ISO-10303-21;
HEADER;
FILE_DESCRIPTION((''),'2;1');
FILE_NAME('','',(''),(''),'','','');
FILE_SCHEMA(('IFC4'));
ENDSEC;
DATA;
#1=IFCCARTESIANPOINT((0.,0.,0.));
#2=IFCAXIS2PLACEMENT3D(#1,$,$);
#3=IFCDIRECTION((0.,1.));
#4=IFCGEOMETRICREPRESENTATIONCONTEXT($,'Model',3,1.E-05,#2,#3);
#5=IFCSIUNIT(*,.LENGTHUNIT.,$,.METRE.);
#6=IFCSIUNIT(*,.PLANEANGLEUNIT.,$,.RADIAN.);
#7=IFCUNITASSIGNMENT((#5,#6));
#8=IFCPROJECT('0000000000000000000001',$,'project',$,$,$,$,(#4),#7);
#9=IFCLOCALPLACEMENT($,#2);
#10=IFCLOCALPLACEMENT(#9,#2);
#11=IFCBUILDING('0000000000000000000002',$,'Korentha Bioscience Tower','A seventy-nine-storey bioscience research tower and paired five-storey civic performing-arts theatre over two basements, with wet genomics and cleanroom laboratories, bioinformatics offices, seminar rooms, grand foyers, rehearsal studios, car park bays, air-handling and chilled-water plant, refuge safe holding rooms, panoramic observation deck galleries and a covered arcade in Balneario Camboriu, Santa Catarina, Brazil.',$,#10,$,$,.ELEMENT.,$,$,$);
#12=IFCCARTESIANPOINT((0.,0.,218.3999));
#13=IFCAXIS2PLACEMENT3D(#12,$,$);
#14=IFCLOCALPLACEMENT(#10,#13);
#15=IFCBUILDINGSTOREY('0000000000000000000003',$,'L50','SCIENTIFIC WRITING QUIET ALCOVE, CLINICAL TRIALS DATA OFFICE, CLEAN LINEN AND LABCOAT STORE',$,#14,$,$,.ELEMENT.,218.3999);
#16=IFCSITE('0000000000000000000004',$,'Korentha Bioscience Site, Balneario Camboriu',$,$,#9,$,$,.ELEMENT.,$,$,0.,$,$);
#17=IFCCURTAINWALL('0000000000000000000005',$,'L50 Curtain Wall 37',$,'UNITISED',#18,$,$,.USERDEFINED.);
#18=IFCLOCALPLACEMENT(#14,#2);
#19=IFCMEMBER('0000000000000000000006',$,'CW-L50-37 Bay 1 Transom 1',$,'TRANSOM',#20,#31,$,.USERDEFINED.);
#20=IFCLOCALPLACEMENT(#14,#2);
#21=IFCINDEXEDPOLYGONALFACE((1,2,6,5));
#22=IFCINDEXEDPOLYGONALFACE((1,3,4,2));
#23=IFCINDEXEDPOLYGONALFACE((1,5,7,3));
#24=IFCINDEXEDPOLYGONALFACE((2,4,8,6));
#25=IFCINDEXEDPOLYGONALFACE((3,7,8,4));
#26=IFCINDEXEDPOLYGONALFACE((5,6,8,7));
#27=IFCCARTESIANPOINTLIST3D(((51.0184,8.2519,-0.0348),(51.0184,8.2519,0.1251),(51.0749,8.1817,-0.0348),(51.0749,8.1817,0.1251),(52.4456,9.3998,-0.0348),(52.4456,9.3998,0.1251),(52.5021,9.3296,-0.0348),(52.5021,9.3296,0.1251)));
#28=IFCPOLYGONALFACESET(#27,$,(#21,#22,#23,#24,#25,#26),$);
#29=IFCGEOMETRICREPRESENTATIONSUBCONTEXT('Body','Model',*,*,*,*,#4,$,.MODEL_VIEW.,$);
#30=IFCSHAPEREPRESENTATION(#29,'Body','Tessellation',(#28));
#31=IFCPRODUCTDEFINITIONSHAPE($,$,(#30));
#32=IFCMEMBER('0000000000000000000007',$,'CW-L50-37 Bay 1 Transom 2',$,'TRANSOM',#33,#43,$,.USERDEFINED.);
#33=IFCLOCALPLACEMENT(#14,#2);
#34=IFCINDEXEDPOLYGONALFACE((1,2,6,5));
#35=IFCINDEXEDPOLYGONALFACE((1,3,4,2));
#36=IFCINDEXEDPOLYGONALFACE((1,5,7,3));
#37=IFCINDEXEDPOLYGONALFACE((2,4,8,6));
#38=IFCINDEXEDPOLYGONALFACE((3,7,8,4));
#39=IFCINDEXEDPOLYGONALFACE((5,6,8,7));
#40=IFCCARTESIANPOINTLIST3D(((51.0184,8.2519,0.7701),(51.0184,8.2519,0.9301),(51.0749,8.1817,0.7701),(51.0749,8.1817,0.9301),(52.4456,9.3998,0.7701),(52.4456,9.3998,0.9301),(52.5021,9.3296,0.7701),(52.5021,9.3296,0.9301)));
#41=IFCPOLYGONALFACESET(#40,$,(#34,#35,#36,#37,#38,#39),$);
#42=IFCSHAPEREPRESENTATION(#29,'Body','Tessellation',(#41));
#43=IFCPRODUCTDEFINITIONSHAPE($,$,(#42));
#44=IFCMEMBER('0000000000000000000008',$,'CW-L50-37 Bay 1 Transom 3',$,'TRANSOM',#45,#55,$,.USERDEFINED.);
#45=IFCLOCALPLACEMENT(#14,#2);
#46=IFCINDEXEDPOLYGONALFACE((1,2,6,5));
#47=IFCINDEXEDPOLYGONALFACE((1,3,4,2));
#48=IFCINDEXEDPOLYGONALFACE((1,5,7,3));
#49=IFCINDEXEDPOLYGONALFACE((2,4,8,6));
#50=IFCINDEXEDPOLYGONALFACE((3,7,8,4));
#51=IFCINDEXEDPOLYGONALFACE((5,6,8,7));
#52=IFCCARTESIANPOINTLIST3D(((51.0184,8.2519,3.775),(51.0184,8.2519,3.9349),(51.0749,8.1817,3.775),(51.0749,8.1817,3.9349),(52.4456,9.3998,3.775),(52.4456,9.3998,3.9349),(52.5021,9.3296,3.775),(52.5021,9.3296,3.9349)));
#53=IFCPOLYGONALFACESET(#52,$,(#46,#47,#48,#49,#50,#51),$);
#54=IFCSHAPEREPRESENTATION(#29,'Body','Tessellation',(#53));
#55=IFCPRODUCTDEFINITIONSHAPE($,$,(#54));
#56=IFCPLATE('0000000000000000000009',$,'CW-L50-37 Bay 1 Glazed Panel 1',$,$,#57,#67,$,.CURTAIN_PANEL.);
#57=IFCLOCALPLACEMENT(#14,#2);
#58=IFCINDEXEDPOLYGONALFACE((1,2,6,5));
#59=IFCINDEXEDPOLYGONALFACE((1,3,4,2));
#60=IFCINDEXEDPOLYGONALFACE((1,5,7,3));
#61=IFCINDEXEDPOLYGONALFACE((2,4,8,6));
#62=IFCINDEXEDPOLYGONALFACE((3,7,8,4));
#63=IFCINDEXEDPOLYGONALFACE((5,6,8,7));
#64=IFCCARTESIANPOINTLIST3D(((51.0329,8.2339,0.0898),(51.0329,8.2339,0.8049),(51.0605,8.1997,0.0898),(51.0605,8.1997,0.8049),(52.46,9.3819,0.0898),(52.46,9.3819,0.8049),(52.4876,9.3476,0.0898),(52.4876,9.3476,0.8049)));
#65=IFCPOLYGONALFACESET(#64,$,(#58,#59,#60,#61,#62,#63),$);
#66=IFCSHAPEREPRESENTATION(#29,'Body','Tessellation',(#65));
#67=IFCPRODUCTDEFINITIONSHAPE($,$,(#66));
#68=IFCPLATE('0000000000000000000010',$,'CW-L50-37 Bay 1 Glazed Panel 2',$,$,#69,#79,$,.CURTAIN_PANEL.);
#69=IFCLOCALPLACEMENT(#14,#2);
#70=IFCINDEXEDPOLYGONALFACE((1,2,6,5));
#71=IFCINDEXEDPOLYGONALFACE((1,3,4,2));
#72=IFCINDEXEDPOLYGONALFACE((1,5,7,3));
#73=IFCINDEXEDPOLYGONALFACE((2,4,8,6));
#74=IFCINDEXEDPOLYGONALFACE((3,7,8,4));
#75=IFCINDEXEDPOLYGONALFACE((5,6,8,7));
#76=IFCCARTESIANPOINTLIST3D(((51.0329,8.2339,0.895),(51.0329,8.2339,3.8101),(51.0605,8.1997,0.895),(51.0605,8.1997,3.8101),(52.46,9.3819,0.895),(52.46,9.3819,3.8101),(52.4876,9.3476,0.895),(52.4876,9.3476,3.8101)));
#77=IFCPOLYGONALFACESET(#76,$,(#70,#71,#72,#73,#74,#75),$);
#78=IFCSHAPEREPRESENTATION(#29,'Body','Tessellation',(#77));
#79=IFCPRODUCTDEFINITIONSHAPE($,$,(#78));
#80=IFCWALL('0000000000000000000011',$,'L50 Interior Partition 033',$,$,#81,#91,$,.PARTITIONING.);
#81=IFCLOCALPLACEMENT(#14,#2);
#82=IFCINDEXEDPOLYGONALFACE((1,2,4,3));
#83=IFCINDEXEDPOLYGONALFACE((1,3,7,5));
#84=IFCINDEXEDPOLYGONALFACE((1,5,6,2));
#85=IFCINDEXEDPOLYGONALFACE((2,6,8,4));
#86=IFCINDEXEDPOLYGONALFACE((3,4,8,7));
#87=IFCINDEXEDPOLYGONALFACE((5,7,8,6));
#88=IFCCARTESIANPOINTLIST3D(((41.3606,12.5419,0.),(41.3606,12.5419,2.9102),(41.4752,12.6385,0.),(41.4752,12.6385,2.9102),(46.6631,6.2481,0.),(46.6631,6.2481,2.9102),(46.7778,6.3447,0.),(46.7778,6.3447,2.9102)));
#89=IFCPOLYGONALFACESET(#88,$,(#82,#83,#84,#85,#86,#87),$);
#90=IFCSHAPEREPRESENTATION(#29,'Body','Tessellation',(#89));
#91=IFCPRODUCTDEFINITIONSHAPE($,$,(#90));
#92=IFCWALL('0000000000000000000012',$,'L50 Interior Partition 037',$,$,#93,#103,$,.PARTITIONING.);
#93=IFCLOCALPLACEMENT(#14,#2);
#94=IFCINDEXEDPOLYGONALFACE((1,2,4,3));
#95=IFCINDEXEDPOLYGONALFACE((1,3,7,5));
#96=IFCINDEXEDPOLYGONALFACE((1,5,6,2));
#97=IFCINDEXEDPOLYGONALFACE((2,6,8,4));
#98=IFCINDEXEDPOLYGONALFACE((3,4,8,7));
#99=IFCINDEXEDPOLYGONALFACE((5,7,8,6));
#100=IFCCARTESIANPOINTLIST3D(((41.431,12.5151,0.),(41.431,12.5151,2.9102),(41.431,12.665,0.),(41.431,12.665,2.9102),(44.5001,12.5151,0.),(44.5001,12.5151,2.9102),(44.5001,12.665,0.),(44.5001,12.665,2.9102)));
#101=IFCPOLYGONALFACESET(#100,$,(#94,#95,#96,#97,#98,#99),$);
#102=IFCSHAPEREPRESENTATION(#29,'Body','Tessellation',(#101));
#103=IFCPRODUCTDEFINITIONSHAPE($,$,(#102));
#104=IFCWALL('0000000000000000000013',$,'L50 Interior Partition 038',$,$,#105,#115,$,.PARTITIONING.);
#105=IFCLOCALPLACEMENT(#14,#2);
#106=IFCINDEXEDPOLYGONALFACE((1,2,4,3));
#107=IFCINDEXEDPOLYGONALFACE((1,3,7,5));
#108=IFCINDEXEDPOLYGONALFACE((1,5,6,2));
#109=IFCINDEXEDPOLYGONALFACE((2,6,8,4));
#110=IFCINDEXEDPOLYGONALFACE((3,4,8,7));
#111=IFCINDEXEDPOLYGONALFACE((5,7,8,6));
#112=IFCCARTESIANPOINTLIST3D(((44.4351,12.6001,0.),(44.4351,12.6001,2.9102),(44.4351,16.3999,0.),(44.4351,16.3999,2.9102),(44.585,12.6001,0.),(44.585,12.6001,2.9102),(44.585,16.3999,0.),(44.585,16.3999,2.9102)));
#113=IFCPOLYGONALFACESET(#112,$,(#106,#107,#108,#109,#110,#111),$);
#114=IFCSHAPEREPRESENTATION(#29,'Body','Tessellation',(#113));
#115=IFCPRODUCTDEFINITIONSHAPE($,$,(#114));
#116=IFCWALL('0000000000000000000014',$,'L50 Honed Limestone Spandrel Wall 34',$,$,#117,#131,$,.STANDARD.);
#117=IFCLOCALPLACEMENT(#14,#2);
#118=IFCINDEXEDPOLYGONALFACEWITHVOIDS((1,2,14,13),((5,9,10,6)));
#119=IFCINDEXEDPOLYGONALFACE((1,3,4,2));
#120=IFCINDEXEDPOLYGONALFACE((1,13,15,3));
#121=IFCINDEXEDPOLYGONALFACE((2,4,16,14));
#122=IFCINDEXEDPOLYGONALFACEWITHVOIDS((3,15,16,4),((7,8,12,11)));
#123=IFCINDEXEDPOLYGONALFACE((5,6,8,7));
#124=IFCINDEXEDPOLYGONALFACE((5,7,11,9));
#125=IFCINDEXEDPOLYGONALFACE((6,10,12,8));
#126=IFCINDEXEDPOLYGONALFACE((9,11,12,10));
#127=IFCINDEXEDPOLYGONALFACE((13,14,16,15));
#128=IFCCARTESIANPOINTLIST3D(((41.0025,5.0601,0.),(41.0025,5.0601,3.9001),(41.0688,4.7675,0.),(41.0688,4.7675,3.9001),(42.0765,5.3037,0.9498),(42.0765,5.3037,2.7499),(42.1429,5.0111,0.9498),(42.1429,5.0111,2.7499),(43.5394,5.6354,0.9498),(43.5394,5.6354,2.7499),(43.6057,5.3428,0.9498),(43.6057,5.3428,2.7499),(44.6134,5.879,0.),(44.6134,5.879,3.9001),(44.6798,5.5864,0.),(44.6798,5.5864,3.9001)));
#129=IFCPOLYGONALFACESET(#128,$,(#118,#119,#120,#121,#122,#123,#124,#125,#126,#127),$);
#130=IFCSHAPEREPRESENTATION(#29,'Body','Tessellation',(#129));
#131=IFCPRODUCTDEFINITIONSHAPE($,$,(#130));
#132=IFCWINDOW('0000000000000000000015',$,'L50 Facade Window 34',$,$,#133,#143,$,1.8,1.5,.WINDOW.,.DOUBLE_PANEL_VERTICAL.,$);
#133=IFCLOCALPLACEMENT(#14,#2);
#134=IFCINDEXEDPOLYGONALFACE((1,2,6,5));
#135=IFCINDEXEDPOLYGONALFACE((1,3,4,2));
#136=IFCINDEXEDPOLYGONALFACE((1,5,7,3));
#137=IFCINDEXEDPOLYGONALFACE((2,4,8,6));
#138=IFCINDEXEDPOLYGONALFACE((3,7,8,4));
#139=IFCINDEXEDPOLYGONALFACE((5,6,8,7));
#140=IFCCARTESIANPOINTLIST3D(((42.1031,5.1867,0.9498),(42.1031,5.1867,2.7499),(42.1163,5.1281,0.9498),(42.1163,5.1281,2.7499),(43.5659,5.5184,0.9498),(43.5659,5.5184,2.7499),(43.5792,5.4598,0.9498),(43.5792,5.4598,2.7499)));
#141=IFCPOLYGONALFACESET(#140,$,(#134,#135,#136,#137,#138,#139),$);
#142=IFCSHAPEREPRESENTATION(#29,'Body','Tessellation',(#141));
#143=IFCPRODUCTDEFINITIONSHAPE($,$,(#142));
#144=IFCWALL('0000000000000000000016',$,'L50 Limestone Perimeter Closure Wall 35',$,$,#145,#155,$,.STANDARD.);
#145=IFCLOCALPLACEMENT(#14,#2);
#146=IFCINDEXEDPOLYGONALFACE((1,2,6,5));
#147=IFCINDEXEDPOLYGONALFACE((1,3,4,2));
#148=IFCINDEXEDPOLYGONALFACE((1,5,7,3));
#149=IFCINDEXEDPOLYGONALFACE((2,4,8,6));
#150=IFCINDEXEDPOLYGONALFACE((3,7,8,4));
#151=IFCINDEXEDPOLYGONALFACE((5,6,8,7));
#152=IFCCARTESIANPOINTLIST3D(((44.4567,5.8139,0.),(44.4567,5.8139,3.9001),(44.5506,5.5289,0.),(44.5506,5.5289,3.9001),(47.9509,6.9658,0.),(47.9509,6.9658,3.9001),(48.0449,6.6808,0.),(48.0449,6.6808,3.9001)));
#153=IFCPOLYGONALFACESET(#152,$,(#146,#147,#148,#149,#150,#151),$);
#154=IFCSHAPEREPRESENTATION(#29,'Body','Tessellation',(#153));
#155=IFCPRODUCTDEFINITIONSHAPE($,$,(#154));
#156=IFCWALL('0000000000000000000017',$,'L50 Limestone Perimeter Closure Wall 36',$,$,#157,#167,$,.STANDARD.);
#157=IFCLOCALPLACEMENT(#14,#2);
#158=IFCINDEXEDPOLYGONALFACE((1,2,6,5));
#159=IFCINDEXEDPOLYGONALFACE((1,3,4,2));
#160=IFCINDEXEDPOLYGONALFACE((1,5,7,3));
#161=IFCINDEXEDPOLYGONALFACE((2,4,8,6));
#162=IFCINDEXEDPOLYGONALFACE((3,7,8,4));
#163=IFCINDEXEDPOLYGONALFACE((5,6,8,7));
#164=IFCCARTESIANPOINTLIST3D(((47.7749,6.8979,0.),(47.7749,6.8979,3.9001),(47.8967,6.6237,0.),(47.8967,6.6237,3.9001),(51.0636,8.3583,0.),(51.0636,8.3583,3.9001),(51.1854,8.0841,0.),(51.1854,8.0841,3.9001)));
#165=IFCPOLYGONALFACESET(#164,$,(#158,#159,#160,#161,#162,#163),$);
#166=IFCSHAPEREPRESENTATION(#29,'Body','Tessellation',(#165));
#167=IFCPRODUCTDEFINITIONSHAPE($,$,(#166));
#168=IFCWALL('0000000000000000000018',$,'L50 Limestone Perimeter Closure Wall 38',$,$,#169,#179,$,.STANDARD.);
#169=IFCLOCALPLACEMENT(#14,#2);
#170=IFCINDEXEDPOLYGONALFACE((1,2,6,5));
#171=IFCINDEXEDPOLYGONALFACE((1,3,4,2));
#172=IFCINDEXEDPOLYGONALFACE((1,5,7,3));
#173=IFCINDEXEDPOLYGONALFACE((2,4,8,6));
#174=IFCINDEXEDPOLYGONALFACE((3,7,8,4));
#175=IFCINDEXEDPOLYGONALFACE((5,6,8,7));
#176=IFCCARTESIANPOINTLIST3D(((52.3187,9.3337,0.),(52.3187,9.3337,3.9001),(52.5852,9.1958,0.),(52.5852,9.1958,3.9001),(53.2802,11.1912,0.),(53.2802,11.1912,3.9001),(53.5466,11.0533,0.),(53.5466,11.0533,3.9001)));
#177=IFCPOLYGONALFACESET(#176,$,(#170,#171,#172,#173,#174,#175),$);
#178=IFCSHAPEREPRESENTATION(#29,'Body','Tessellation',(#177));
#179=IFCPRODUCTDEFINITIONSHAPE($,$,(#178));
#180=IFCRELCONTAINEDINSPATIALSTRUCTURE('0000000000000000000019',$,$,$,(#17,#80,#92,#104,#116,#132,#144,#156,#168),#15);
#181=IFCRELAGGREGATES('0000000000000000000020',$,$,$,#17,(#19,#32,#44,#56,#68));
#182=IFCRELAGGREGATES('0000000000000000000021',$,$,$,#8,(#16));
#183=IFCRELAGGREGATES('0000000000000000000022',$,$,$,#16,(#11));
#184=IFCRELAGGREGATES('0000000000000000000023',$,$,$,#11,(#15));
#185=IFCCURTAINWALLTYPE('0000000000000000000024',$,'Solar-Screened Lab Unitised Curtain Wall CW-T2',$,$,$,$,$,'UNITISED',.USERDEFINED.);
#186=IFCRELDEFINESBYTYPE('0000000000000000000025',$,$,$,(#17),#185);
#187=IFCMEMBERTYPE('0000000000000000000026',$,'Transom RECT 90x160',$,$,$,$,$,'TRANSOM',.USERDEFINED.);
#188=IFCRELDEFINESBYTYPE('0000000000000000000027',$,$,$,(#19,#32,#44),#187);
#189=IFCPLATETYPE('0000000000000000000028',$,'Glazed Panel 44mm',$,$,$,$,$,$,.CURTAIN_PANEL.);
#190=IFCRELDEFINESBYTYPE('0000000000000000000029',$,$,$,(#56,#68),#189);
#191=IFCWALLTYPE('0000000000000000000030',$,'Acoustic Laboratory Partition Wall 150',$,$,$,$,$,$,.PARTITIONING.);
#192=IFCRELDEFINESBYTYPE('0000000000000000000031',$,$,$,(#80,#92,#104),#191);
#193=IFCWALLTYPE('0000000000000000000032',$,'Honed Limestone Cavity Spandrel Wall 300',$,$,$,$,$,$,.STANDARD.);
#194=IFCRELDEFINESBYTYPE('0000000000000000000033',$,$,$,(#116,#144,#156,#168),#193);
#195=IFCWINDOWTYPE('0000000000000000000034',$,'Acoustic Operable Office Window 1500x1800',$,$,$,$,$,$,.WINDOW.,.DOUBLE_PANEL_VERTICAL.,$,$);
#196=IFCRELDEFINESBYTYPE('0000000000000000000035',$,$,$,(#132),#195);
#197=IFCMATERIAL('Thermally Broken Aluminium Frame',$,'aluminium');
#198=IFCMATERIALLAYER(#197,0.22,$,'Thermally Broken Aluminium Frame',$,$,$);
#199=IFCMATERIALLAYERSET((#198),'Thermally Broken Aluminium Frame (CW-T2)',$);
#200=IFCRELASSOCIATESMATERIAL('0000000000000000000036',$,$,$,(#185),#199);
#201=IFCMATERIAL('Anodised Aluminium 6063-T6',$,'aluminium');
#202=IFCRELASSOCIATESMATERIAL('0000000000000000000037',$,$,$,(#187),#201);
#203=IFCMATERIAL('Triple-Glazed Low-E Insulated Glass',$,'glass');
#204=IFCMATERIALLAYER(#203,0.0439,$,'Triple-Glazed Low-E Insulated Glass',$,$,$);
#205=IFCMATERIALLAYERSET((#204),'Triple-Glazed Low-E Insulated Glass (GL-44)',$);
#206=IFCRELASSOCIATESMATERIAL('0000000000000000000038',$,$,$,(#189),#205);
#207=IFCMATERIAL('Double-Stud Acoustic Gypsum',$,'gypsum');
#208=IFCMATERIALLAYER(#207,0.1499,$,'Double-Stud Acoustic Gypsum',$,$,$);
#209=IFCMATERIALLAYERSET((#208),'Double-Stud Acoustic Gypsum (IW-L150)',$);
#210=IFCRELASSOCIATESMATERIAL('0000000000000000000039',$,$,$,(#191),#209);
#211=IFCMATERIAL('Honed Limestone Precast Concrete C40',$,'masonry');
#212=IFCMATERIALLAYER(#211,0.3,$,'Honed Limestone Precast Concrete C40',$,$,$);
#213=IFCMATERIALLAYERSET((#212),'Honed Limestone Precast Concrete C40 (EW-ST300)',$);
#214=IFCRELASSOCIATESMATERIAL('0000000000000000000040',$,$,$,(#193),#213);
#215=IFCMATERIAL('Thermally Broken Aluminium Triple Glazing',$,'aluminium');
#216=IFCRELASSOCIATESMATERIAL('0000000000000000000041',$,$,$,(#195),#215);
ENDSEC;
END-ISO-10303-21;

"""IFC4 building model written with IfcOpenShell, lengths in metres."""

from ifc_helpers import new_model, si_unit, direction, frame, frame_2d, origin, origin_2d, place, context, subcontext, project, spatial, rectangle, extrude, material, layer, layer_set, material_profile, profile_set, type_object, element, fill, aggregate, save


model = new_model("IFC4")

# Units and contexts
model_context = context("Model", 3, precision=1e-05, world=origin(), true_north=direction((0.0, 1.0)))
body_context = subcontext(model_context, "Body", "Model", "MODEL_VIEW")
ifc_project = project(units=[si_unit("LENGTHUNIT", "METRE"), si_unit("PLANEANGLEUNIT", "RADIAN")], contexts=[model_context])

# Site, building, storey
site_placement = place(None, origin())
site = spatial("IfcSite", under=ifc_project, at=site_placement, Name="Korentha Bioscience Site, Balneario Camboriu", CompositionType="ELEMENT", RefElevation=0.0)
building_placement = place(site_placement, origin())
building = spatial("IfcBuilding", under=site, at=building_placement, Name="Korentha Bioscience Tower", Description="A seventy-nine-storey bioscience research tower and paired five-storey civic performing-arts theatre over two basements, with wet genomics and cleanroom laboratories, bioinformatics offices, seminar rooms, grand foyers, rehearsal studios, car park bays, air-handling and chilled-water plant, refuge safe holding rooms, panoramic observation deck galleries and a covered arcade in Balneario Camboriu, Santa Catarina, Brazil.", CompositionType="ELEMENT")
storey_placement = place(building_placement, frame((0.0, 0.0, 218.3999)))
storey = spatial("IfcBuildingStorey", under=building, at=storey_placement, Name="L50", Description="SCIENTIFIC WRITING QUIET ALCOVE, CLINICAL TRIALS DATA OFFICE, CLEAN LINEN AND LABCOAT STORE", CompositionType="ELEMENT", Elevation=218.3999)

# Curtain wall
ifc_material_1 = material(Name="Thermally Broken Aluminium Frame", Category="aluminium")
ifc_layer_1 = layer(ifc_material_1, 0.22, Name="Thermally Broken Aluminium Frame")
ifc_layer_set_1 = layer_set([ifc_layer_1], Name="Thermally Broken Aluminium Frame (CW-T2)")
curtain_wall_type = type_object("IfcCurtainWallType", Name="Solar-Screened Lab Unitised Curtain Wall CW-T2", ElementType="UNITISED", PredefinedType="USERDEFINED", material=ifc_layer_set_1)
curtain_wall_placement = place(storey_placement, origin())
curtain_wall = element("IfcCurtainWall", 1, at=curtain_wall_placement, inside=storey, type_object=curtain_wall_type, Name="L50 Curtain Wall 37", ObjectType="UNITISED", PredefinedType="USERDEFINED")
ifc_material_2 = material(Name="Anodised Aluminium 6063-T6", Category="aluminium")

# Members
ifc_material_profile_1 = material_profile(ifc_material_2, rectangle(XDim=0.0901, YDim=0.1599, at=origin_2d()), Name="Anodised Aluminium 6063-T6")
ifc_profile_set_1 = profile_set([ifc_material_profile_1], Name="Anodised Aluminium 6063-T6 (CW-TRN)")
member_type_1 = type_object("IfcMemberType", Name="Transom RECT 90x160", ElementType="TRANSOM", PredefinedType="USERDEFINED", material=ifc_profile_set_1)
member_1_placement = place(storey_placement, frame((51.0466, 8.2168, 0.0452), z_axis=(0.779228, 0.626741, 0.0), x_axis=(-0.626741, 0.779228, 0.0)))
member_1 = element("IfcMember", 2, at=member_1_placement, type_object=member_type_1, Name="CW-L50-37 Bay 1 Transom 1", ObjectType="TRANSOM", PredefinedType="USERDEFINED", context=body_context, shape_type="SweptSolid", body=[
    extrude(rectangle(XDim=0.0901, YDim=0.1599, at=origin_2d()), origin(), (0.0, 0.0, 1.0), 1.8315),
])
member_2_placement = place(storey_placement, frame((51.0466, 8.2168, 0.8501), z_axis=(0.779228, 0.626741, 0.0), x_axis=(-0.626741, 0.779228, 0.0)))
member_2 = element("IfcMember", 3, at=member_2_placement, type_object=member_type_1, Name="CW-L50-37 Bay 1 Transom 2", ObjectType="TRANSOM", PredefinedType="USERDEFINED", context=body_context, shape_type="SweptSolid", body=[
    extrude(rectangle(XDim=0.0901, YDim=0.1599, at=origin_2d()), origin(), (0.0, 0.0, 1.0), 1.8315),
])
member_3_placement = place(storey_placement, frame((51.0466, 8.2168, 3.855), z_axis=(0.779228, 0.626741, 0.0), x_axis=(-0.626741, 0.779228, 0.0)))
member_3 = element("IfcMember", 4, at=member_3_placement, type_object=member_type_1, Name="CW-L50-37 Bay 1 Transom 3", ObjectType="TRANSOM", PredefinedType="USERDEFINED", context=body_context, shape_type="SweptSolid", body=[
    extrude(rectangle(XDim=0.0901, YDim=0.1599, at=origin_2d()), origin(), (0.0, 0.0, 1.0), 1.8315),
])

# Plates
ifc_material_3 = material(Name="Triple-Glazed Low-E Insulated Glass", Category="glass")
ifc_layer_2 = layer(ifc_material_3, 0.0439, Name="Triple-Glazed Low-E Insulated Glass")
ifc_layer_set_2 = layer_set([ifc_layer_2], Name="Triple-Glazed Low-E Insulated Glass (GL-44)")
plate_type = type_object("IfcPlateType", Name="Glazed Panel 44mm", PredefinedType="CURTAIN_PANEL", material=ifc_layer_set_2)
plate_1_placement = place(storey_placement, frame((51.7603, 8.7908, 0.0898), z_axis=(0.0, 0.0, 1.0), x_axis=(0.779198, 0.626778, 0.0)))
plate_1 = element("IfcPlate", 5, at=plate_1_placement, type_object=plate_type, Name="CW-L50-37 Bay 1 Glazed Panel 1", PredefinedType="CURTAIN_PANEL", context=body_context, shape_type="SweptSolid", body=[
    extrude(rectangle(XDim=1.8315, YDim=0.0439, at=origin_2d()), origin(), (0.0, 0.0, 1.0), 0.7151),
])
plate_2_placement = place(storey_placement, frame((51.7603, 8.7908, 0.895), z_axis=(0.0, 0.0, 1.0), x_axis=(0.779198, 0.626778, 0.0)))
plate_2 = element("IfcPlate", 6, at=plate_2_placement, type_object=plate_type, Name="CW-L50-37 Bay 1 Glazed Panel 2", PredefinedType="CURTAIN_PANEL", context=body_context, shape_type="SweptSolid", body=[
    extrude(rectangle(XDim=1.8315, YDim=0.0439, at=origin_2d()), origin(), (0.0, 0.0, 1.0), 2.915),
])
aggregate(curtain_wall, [member_1, member_2, member_3, plate_1, plate_2])

# Walls
ifc_material_4 = material(Name="Double-Stud Acoustic Gypsum", Category="gypsum")
ifc_layer_3 = layer(ifc_material_4, 0.1499, Name="Double-Stud Acoustic Gypsum")
ifc_layer_set_3 = layer_set([ifc_layer_3], Name="Double-Stud Acoustic Gypsum (IW-L150)")
wall_type_1 = type_object("IfcWallType", Name="Acoustic Laboratory Partition Wall 150", PredefinedType="PARTITIONING", material=ifc_layer_set_3)
wall_1_placement = place(storey_placement, frame((41.418, 12.5901, 0.0), z_axis=(0.0, 0.0, 1.0), x_axis=(0.644316, -0.76476, 0.0)))
element("IfcWall", 7, at=wall_1_placement, inside=storey, type_object=wall_type_1, Name="L50 Interior Partition 033", PredefinedType="PARTITIONING", context=body_context, shape_type="SweptSolid", body=[
    extrude(rectangle(XDim=8.2297, YDim=0.1499, at=frame_2d((4.1147, 0.0))), origin(), (0.0, 0.0, 1.0), 2.9102),
])
wall_2_placement = place(storey_placement, frame((41.4309, 12.5901, 0.0), z_axis=(0.0, 0.0, 1.0), x_axis=(1.0, 0.0, 0.0)))
element("IfcWall", 8, at=wall_2_placement, inside=storey, type_object=wall_type_1, Name="L50 Interior Partition 037", PredefinedType="PARTITIONING", context=body_context, shape_type="SweptSolid", body=[
    extrude(rectangle(XDim=3.0691, YDim=0.1499, at=frame_2d((1.5347, 0.0))), origin(), (0.0, 0.0, 1.0), 2.9102),
])
wall_3_placement = place(storey_placement, frame((44.51, 12.6001, 0.0), z_axis=(0.0, 0.0, 1.0), x_axis=(0.0, 1.0, 0.0)))
element("IfcWall", 9, at=wall_3_placement, inside=storey, type_object=wall_type_1, Name="L50 Interior Partition 038", PredefinedType="PARTITIONING", context=body_context, shape_type="SweptSolid", body=[
    extrude(rectangle(XDim=3.7998, YDim=0.1499, at=frame_2d((1.8999, 0.0))), origin(), (0.0, 0.0, 1.0), 2.9102),
])

# Wall, opening, window
ifc_material_5 = material(Name="Honed Limestone Precast Concrete C40", Category="masonry")
ifc_layer_4 = layer(ifc_material_5, 0.3, Name="Honed Limestone Precast Concrete C40")
ifc_layer_set_4 = layer_set([ifc_layer_4], Name="Honed Limestone Precast Concrete C40 (EW-ST300)")
wall_type_2 = type_object("IfcWallType", Name="Honed Limestone Cavity Spandrel Wall 300", PredefinedType="STANDARD", material=ifc_layer_set_4)
wall_4_placement = place(storey_placement, frame((41.0356, 4.9138, 0.0), z_axis=(0.0, 0.0, 1.0), x_axis=(0.975238, 0.221159, 0.0)))
wall_4 = element("IfcWall", 10, at=wall_4_placement, inside=storey, type_object=wall_type_2, Name="L50 Honed Limestone Spandrel Wall 34", PredefinedType="STANDARD", context=body_context, shape_type="SweptSolid", body=[
    extrude(rectangle(XDim=3.7026, YDim=0.3, at=frame_2d((1.8513, 0.0))), origin(), (0.0, 0.0, 1.0), 3.9001),
])
opening_placement = place(wall_4_placement, frame((1.1013, 0.0, 0.95)))
opening = element("IfcOpeningElement", 11, at=opening_placement, cuts=wall_4, PredefinedType="OPENING", context=body_context, shape_type="SweptSolid", body=[
    extrude(rectangle(XDim=1.5, YDim=1.8, at=frame_2d((0.75, 0.8999))), frame((0.0, 0.165, 0.0), z_axis=(0.0, -1.0, 0.0), x_axis=(1.0, 0.0, 0.0)), (0.0, 0.0, 1.0), 0.3298),
])
ifc_material_6 = material(Name="Thermally Broken Aluminium Triple Glazing", Category="aluminium")
window_type = type_object("IfcWindowType", Name="Acoustic Operable Office Window 1500x1800", PartitioningType="DOUBLE_PANEL_VERTICAL", PredefinedType="WINDOW", material=ifc_material_6)
window_placement = place(opening_placement, origin())
window = element("IfcWindow", 12, at=window_placement, inside=storey, type_object=window_type, Name="L50 Facade Window 34", OverallHeight=1.8, OverallWidth=1.5, PartitioningType="DOUBLE_PANEL_VERTICAL", PredefinedType="WINDOW", context=body_context, shape_type="SweptSolid", body=[
    extrude(rectangle(XDim=1.5, YDim=1.8, at=frame_2d((0.75, 0.8999))), frame((0.0, 0.03, 0.0), z_axis=(0.0, -1.0, 0.0), x_axis=(1.0, 0.0, 0.0)), (0.0, 0.0, 1.0), 0.0601),
])
fill(opening, window)

# Walls
wall_5_placement = place(storey_placement, frame((44.5037, 5.6714, 0.0), z_axis=(0.0, 0.0, 1.0), x_axis=(0.949727, 0.313081, 0.0)))
element("IfcWall", 13, at=wall_5_placement, inside=storey, type_object=wall_type_2, Name="L50 Limestone Perimeter Closure Wall 35", PredefinedType="STANDARD", context=body_context, shape_type="SweptSolid", body=[
    extrude(rectangle(XDim=3.6792, YDim=0.3, at=frame_2d((1.8396, 0.0))), origin(), (0.0, 0.0, 1.0), 3.9001),
])
wall_6_placement = place(storey_placement, frame((47.8357, 6.7607, 0.0), z_axis=(0.0, 0.0, 1.0), x_axis=(0.91394, 0.405849, 0.0)))
element("IfcWall", 14, at=wall_6_placement, inside=storey, type_object=wall_type_2, Name="L50 Limestone Perimeter Closure Wall 36", PredefinedType="STANDARD", context=body_context, shape_type="SweptSolid", body=[
    extrude(rectangle(XDim=3.5984, YDim=0.3, at=frame_2d((1.7993, 0.0))), origin(), (0.0, 0.0, 1.0), 3.9001),
])
wall_7_placement = place(storey_placement, frame((52.4519, 9.2646, 0.0), z_axis=(0.0, 0.0, 1.0), x_axis=(0.459683, 0.888083, 0.0)))
element("IfcWall", 15, at=wall_7_placement, inside=storey, type_object=wall_type_2, Name="L50 Limestone Perimeter Closure Wall 38", PredefinedType="STANDARD", context=body_context, shape_type="SweptSolid", body=[
    extrude(rectangle(XDim=2.0916, YDim=0.3, at=frame_2d((1.0459, 0.0))), origin(), (0.0, 0.0, 1.0), 3.9001),
])

save(model, "model.ifc")
